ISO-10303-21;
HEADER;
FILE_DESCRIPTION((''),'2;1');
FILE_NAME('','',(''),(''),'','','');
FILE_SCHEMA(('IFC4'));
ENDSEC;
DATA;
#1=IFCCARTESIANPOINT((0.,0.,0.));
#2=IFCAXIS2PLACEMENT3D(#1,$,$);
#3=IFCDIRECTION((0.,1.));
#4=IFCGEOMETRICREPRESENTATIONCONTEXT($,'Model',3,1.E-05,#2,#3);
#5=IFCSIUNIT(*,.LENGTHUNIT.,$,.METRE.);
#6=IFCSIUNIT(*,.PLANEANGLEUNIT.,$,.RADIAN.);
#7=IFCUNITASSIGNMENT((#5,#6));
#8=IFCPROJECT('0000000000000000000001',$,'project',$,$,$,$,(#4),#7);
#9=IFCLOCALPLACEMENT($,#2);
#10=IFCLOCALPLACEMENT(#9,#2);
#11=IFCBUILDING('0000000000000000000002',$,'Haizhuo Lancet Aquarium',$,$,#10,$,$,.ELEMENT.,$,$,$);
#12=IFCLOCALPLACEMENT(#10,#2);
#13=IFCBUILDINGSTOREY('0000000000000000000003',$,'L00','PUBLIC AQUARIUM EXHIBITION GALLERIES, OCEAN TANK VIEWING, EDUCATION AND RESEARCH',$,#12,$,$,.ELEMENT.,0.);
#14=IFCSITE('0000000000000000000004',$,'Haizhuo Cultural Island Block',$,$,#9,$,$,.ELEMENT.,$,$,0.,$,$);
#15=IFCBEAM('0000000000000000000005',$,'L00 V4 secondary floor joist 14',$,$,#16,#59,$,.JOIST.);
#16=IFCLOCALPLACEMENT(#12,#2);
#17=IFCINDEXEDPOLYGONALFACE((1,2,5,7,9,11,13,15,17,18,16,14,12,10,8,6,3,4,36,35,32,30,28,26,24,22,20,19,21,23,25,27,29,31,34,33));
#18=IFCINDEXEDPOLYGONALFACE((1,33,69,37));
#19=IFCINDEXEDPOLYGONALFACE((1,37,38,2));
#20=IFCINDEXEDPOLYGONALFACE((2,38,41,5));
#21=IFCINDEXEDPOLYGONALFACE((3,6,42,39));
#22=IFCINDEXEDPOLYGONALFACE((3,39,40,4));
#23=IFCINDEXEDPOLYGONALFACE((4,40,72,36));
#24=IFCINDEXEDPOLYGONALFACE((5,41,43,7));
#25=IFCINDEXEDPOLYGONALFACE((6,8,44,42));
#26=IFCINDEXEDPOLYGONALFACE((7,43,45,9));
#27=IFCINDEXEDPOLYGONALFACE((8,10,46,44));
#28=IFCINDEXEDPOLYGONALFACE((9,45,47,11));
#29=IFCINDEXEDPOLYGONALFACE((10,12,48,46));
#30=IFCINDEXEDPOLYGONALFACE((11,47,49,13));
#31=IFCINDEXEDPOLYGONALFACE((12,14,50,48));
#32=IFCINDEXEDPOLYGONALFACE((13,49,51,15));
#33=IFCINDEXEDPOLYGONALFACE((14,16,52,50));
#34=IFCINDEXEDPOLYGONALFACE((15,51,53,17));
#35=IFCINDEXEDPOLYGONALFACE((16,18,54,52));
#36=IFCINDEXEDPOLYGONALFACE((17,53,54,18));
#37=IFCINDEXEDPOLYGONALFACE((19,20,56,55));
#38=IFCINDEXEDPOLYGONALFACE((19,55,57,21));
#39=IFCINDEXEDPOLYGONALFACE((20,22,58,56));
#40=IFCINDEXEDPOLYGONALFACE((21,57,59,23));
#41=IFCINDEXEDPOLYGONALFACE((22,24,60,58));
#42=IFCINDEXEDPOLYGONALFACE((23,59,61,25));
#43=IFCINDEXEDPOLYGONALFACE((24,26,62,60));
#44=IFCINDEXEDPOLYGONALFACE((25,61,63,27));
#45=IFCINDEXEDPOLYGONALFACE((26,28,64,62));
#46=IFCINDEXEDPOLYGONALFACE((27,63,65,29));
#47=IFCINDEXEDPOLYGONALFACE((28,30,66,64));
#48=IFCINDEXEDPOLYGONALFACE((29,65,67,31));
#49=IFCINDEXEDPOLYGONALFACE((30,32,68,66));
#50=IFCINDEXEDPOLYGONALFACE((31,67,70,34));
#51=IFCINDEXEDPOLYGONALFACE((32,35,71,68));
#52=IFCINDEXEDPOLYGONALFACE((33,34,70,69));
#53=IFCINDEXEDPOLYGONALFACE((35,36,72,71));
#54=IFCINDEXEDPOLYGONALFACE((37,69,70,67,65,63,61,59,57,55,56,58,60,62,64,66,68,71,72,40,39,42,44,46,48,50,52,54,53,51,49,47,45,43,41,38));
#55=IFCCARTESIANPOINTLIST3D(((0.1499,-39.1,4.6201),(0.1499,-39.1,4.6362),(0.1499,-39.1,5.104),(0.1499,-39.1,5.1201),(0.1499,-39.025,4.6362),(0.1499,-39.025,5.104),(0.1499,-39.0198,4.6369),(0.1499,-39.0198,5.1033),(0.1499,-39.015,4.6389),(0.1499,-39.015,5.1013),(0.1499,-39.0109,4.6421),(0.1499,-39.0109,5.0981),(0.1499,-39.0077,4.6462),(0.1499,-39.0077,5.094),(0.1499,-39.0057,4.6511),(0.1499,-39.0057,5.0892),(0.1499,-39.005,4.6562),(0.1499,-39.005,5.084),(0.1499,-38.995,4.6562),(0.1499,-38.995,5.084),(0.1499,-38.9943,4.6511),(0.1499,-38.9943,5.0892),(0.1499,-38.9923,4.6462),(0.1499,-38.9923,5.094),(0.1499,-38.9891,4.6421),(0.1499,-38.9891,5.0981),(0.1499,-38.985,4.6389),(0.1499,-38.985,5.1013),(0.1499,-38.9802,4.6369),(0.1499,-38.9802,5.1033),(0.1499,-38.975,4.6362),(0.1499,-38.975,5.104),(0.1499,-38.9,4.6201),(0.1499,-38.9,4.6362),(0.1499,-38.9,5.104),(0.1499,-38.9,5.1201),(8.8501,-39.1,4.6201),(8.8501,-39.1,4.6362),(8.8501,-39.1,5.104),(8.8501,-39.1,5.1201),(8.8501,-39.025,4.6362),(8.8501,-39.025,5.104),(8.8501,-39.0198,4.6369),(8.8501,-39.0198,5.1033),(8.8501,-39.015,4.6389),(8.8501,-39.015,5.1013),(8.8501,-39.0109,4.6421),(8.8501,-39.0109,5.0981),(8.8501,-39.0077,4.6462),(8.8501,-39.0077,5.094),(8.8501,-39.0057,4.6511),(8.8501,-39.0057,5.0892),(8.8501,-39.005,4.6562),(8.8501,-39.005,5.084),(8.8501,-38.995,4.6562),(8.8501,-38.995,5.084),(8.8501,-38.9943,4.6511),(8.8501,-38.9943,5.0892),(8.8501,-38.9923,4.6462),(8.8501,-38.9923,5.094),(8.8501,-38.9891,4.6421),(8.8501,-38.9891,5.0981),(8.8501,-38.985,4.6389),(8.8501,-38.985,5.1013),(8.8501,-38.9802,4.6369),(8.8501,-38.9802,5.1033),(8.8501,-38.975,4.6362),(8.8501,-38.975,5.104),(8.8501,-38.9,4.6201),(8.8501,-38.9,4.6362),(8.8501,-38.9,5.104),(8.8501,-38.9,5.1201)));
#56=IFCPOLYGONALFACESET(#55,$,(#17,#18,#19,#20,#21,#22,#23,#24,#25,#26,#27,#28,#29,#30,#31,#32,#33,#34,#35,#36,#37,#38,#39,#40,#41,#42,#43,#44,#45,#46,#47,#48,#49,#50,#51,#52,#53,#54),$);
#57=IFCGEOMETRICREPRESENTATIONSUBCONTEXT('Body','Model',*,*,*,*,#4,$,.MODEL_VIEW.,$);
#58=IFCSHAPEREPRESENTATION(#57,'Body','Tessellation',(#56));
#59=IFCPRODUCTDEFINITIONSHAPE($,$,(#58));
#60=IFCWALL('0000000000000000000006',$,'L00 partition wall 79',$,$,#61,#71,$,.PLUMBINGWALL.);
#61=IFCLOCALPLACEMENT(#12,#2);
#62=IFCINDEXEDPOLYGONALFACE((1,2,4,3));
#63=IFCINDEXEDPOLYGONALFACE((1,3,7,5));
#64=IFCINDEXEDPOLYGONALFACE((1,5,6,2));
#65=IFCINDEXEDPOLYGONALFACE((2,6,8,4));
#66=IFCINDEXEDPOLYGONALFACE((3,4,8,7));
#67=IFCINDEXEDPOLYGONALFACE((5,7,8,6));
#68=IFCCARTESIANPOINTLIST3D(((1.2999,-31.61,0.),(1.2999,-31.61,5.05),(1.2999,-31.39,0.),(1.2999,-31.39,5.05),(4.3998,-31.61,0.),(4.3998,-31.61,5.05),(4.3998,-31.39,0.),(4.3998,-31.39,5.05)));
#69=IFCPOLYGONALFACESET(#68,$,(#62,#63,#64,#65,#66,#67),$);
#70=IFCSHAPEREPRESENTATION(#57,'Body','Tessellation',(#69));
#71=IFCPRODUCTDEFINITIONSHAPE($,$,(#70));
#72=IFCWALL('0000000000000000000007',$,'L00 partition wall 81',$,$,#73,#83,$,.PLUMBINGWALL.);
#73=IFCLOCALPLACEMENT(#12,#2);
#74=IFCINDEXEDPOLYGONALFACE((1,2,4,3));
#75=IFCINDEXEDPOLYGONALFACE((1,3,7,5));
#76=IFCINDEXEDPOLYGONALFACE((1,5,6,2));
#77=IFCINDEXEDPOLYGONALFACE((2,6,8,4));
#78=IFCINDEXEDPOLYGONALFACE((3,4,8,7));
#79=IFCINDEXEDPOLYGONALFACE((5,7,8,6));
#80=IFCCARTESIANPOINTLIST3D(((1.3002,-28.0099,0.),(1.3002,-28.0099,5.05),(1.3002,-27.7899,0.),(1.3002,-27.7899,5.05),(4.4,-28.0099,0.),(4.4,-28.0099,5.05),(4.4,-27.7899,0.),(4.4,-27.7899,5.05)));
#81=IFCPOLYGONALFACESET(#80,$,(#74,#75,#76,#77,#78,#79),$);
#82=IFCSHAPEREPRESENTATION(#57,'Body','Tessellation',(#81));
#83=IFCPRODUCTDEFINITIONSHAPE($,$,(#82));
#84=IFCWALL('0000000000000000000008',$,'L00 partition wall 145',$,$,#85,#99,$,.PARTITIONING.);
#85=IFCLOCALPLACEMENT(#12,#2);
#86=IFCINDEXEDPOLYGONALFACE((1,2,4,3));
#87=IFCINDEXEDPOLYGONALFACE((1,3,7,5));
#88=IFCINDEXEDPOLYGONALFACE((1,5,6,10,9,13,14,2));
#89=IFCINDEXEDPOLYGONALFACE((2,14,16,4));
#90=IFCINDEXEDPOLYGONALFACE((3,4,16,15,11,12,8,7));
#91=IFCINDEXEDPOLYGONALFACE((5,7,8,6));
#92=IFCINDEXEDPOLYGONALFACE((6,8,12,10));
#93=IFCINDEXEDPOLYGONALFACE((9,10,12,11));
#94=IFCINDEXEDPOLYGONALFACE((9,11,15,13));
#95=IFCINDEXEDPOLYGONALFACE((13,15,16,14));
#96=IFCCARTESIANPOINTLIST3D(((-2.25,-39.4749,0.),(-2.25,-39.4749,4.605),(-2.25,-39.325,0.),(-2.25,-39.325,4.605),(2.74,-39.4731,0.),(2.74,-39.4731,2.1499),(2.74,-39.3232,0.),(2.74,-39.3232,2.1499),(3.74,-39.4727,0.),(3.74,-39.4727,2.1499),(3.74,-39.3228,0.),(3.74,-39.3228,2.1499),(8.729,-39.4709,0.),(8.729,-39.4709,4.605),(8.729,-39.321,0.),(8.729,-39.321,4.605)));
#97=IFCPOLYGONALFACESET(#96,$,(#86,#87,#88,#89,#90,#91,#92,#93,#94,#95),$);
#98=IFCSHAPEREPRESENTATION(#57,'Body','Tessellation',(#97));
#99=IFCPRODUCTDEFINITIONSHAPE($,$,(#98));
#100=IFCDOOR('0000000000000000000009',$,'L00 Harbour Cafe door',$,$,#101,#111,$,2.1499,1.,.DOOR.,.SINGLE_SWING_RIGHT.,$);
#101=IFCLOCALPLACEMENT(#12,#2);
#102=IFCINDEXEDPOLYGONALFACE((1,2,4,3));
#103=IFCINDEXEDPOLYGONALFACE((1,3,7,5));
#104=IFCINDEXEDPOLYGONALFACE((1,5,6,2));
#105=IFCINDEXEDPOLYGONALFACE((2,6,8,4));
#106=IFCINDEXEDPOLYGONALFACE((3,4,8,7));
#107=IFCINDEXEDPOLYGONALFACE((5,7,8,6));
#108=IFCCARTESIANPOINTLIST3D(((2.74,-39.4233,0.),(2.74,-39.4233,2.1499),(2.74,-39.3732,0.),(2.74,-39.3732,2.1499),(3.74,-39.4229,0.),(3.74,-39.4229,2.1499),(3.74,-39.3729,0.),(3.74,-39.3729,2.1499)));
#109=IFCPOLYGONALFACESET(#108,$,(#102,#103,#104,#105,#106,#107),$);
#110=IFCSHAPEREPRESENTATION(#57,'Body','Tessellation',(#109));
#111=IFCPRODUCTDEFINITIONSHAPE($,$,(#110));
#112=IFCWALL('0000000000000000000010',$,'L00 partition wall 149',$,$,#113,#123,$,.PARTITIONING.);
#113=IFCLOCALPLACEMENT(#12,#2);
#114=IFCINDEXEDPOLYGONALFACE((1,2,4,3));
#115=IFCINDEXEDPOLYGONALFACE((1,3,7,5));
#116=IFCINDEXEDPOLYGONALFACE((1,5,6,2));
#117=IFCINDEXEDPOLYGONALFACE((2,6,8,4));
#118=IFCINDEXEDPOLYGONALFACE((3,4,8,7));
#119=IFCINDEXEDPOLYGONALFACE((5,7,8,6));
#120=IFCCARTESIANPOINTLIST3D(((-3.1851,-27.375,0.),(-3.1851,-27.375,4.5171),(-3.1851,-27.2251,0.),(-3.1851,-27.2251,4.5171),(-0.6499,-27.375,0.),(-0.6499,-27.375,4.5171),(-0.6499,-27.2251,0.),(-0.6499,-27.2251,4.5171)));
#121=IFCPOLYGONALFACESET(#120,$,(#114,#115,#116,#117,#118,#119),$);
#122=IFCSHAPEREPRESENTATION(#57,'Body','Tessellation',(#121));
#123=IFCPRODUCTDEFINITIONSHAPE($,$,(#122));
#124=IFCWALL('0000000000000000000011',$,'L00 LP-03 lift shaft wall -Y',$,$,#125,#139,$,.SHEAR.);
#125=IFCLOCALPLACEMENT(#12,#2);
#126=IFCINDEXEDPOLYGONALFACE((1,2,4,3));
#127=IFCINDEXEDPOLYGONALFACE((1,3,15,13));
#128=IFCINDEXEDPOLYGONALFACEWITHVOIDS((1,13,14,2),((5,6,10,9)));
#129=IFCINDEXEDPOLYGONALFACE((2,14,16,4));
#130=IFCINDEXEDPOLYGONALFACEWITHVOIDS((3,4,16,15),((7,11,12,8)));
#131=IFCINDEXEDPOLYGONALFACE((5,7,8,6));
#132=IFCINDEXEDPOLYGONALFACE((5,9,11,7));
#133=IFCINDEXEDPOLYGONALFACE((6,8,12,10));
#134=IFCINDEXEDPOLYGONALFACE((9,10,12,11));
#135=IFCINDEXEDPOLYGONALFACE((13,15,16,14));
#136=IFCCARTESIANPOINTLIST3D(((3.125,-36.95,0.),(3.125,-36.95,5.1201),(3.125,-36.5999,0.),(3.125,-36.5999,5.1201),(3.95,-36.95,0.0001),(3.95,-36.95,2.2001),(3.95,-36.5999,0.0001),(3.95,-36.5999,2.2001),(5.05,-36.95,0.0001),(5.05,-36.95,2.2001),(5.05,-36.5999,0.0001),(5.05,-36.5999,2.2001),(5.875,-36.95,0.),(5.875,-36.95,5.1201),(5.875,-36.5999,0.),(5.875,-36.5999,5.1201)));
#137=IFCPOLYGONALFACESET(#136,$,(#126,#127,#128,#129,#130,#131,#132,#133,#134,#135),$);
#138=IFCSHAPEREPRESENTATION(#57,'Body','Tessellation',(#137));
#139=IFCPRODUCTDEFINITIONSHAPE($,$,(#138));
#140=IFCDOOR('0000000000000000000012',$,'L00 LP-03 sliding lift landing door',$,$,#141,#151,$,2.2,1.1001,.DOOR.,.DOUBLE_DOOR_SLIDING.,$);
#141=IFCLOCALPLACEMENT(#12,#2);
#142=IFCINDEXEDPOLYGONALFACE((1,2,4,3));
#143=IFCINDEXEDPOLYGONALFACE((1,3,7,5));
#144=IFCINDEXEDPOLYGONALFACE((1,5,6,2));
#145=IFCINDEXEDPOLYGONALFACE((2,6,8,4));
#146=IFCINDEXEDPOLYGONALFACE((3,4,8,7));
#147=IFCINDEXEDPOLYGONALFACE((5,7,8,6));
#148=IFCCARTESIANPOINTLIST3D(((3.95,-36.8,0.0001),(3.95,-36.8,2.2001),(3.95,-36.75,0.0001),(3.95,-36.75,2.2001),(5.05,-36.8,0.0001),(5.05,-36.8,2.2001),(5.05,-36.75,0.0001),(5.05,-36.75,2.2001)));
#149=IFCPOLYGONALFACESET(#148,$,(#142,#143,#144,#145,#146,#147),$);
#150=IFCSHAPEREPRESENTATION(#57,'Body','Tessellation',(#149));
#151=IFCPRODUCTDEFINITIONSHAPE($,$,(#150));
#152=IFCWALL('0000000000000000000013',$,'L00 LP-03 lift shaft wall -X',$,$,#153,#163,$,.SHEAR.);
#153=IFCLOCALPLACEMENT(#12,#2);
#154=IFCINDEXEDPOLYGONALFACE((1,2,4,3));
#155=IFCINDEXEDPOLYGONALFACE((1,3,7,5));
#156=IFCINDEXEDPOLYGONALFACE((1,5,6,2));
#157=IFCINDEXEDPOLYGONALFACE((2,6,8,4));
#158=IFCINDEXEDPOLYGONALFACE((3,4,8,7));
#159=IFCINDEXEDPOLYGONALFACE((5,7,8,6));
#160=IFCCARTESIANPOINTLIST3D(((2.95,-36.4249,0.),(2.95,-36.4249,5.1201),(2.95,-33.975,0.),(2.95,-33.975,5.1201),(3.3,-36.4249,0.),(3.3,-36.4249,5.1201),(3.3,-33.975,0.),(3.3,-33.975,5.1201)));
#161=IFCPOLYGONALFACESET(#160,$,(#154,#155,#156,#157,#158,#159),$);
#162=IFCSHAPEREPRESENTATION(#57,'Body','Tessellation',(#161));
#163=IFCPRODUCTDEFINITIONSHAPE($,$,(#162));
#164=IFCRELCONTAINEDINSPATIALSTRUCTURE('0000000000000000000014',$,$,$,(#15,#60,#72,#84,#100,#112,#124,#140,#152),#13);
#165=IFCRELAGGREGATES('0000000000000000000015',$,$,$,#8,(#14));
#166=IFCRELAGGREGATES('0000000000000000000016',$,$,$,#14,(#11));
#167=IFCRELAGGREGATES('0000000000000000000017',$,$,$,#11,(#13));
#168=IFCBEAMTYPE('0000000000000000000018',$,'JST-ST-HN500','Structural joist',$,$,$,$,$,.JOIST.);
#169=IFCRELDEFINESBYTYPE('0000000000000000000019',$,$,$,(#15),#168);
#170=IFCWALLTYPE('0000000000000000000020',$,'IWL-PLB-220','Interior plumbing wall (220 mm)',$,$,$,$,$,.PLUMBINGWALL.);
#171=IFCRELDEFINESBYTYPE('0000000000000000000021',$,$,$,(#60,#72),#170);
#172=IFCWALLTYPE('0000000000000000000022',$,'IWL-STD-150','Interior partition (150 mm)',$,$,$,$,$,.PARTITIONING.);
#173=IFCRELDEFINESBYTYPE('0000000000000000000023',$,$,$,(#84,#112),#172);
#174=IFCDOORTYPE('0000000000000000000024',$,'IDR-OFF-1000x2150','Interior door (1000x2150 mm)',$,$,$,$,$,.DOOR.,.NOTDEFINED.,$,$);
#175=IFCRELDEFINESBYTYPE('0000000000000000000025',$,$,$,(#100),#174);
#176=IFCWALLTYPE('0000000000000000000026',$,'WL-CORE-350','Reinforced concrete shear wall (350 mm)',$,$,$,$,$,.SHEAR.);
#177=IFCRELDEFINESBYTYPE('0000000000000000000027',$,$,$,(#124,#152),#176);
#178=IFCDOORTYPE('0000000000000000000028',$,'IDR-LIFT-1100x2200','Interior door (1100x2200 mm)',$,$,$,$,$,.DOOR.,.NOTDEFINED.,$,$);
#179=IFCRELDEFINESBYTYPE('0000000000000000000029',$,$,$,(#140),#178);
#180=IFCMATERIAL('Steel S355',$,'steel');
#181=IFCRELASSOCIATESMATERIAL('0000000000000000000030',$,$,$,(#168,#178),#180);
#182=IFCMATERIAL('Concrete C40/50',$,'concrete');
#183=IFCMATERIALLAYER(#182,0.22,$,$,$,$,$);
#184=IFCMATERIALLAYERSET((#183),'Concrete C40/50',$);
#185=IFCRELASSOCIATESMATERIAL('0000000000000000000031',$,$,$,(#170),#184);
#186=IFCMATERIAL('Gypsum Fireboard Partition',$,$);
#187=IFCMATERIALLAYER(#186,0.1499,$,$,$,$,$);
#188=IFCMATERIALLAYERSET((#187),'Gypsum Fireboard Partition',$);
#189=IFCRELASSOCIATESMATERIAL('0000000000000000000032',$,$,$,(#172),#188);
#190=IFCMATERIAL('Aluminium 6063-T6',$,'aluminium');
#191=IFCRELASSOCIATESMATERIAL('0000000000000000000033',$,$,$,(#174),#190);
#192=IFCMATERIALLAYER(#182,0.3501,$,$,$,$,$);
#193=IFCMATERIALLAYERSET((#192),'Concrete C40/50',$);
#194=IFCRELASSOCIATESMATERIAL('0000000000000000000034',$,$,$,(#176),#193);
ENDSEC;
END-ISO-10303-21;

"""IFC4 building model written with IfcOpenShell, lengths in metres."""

from ifc_helpers import new_model, si_unit, direction, frame, frame_2d, origin, origin_2d, place, context, subcontext, project, spatial, rectangle, i_section, extrude, material, layer, layer_set, material_profile, profile_set, type_object, element, fill, save


model = new_model("IFC4")

# Units and contexts
model_context = context("Model", 3, precision=1e-05, world=origin(), true_north=direction((0.0, 1.0)))
body_context = subcontext(model_context, "Body", "Model", "MODEL_VIEW")
ifc_project = project(units=[si_unit("LENGTHUNIT", "METRE"), si_unit("PLANEANGLEUNIT", "RADIAN")], contexts=[model_context])

# Site, building, storey
site_placement = place(None, origin())
site = spatial("IfcSite", under=ifc_project, at=site_placement, Name="Haizhuo Cultural Island Block", CompositionType="ELEMENT", RefElevation=0.0)
building_placement = place(site_placement, origin())
building = spatial("IfcBuilding", under=site, at=building_placement, Name="Haizhuo Lancet Aquarium", CompositionType="ELEMENT")
storey_placement = place(building_placement, origin())
storey = spatial("IfcBuildingStorey", under=building, at=storey_placement, Name="L00", Description="PUBLIC AQUARIUM EXHIBITION GALLERIES, OCEAN TANK VIEWING, EDUCATION AND RESEARCH", CompositionType="ELEMENT", Elevation=0.0)

# Shared definitions
ifc_material_1 = material(Name="Steel S355", Category="steel")

# Beam
ifc_material_profile_1 = material_profile(ifc_material_1, i_section(OverallWidth=0.2, OverallDepth=0.5, WebThickness=0.01, FlangeThickness=0.0161, FilletRadius=0.02, at=origin_2d()), Name="HN 500x200x10x16")
ifc_profile_set_1 = profile_set([ifc_material_profile_1], Name="Steel S355")
beam_type_1 = type_object("IfcBeamType", Name="JST-ST-HN500", Description="Structural joist", PredefinedType="JOIST", material=ifc_profile_set_1)
beam_1_placement = place(storey_placement, frame((0.1499, -39.0, 4.8701), z_axis=(1.0, 0.0, 0.0), x_axis=(0.0, 1.0, 0.0)))
element("IfcBeam", 1, at=beam_1_placement, inside=storey, type_object=beam_type_1, Name="L00 V4 secondary floor joist 14", PredefinedType="JOIST", context=body_context, shape_type="SweptSolid", body=[
    extrude(i_section(OverallWidth=0.2, OverallDepth=0.5, WebThickness=0.01, FlangeThickness=0.0161, FilletRadius=0.02, at=origin_2d()), origin(), (0.0, 0.0, 1.0), 8.7002),
])

# Shared definitions
ifc_material_2 = material(Name="Concrete C40/50", Category="concrete")
ifc_layer_1 = layer(ifc_material_2, 0.22)
ifc_layer_set_1 = layer_set([ifc_layer_1], Name="Concrete C40/50")
wall_type_1 = type_object("IfcWallType", Name="IWL-PLB-220", Description="Interior plumbing wall (220 mm)", PredefinedType="PLUMBINGWALL", material=ifc_layer_set_1)
ifc_material_3 = material(Name="Aluminium 6063-T6", Category="aluminium")

# Walls
for number, where, z_axis, x_axis, name in (
    (2, (1.3, -31.5, 0.0), (0.0, 0.0, 1.0), (1.0, 0.0, 0.0), "L00 partition wall 79"),
    (3, (4.3999, -27.8999, 0.0), (0.0, 0.0, 1.0), (-1.0, 0.0, 0.0), "L00 partition wall 81"),
):
    element("IfcWall", number, at=place(storey_placement, frame(where, z_axis=z_axis, x_axis=x_axis)), inside=storey, type_object=wall_type_1, Name=name, PredefinedType="PLUMBINGWALL", context=body_context, shape_type="SweptSolid", body=[
        extrude(rectangle(XDim=3.0999, YDim=0.22, at=frame_2d((1.5498, 0.0))), origin(), (0.0, 0.0, 1.0), 5.05),
    ])

# Wall, opening, door
ifc_material_4 = material(Name="Gypsum Fireboard Partition")
ifc_layer_2 = layer(ifc_material_4, 0.1499)
ifc_layer_set_2 = layer_set([ifc_layer_2], Name="Gypsum Fireboard Partition")
wall_type_2 = type_object("IfcWallType", Name="IWL-STD-150", Description="Interior partition (150 mm)", PredefinedType="PARTITIONING", material=ifc_layer_set_2)
wall_1_placement = place(storey_placement, frame((-2.25, -39.3999, 0.0), z_axis=(0.0, 0.0, 1.0), x_axis=(1.0, 0.000356, 0.0)))
wall_1 = element("IfcWall", 4, at=wall_1_placement, inside=storey, type_object=wall_type_2, Name="L00 partition wall 145", PredefinedType="PARTITIONING", context=body_context, shape_type="SweptSolid", body=[
    extrude(rectangle(XDim=10.979, YDim=0.1499, at=frame_2d((5.4895, 0.0))), origin(), (0.0, 0.0, 1.0), 4.605),
])
opening_1_placement = place(wall_1_placement, frame((4.99, 0.0, 0.0)))
opening_1 = element("IfcOpeningElement", 5, at=opening_1_placement, cuts=wall_1, PredefinedType="OPENING", context=body_context, shape_type="SweptSolid", body=[
    extrude(rectangle(XDim=1.0, YDim=2.1499, at=frame_2d((0.5, 1.075))), frame((0.0, 0.085, 0.0), z_axis=(0.0, -1.0, 0.0), x_axis=(1.0, 0.0, 0.0)), (0.0, 0.0, 1.0), 0.1699),
])
door_type_1 = type_object("IfcDoorType", Name="IDR-OFF-1000x2150", Description="Interior door (1000x2150 mm)", OperationType="NOTDEFINED", PredefinedType="DOOR", material=ifc_material_3)
door_1_placement = place(opening_1_placement, origin())
door_1 = element("IfcDoor", 6, at=door_1_placement, inside=storey, type_object=door_type_1, Name="L00 Harbour Cafe door", OperationType="SINGLE_SWING_RIGHT", OverallHeight=2.1499, OverallWidth=1.0, PredefinedType="DOOR", context=body_context, shape_type="SweptSolid", body=[
    extrude(rectangle(XDim=1.0, YDim=2.1499, at=frame_2d((0.5, 1.075))), frame((0.0, 0.0249, 0.0), z_axis=(0.0, -1.0, 0.0), x_axis=(1.0, 0.0, 0.0)), (0.0, 0.0, 1.0), 0.05),
])
fill(opening_1, door_1)

# Wall
wall_2_placement = place(storey_placement, frame((-0.6499, -27.3, 0.0), z_axis=(0.0, 0.0, 1.0), x_axis=(-1.0, 0.0, 0.0)))
element("IfcWall", 7, at=wall_2_placement, inside=storey, type_object=wall_type_2, Name="L00 partition wall 149", PredefinedType="PARTITIONING", context=body_context, shape_type="SweptSolid", body=[
    extrude(rectangle(XDim=2.5352, YDim=0.1499, at=frame_2d((1.2676, 0.0))), origin(), (0.0, 0.0, 1.0), 4.5171),
])

# Wall, opening, door
ifc_layer_3 = layer(ifc_material_2, 0.3501)
ifc_layer_set_3 = layer_set([ifc_layer_3], Name="Concrete C40/50")
wall_type_3 = type_object("IfcWallType", Name="WL-CORE-350", Description="Reinforced concrete shear wall (350 mm)", PredefinedType="SHEAR", material=ifc_layer_set_3)
wall_3_placement = place(storey_placement, frame((3.125, -36.7749, 0.0), z_axis=(0.0, 0.0, 1.0), x_axis=(1.0, 0.0, 0.0)))
wall_3 = element("IfcWall", 8, at=wall_3_placement, inside=storey, type_object=wall_type_3, Name="L00 LP-03 lift shaft wall -Y", PredefinedType="SHEAR", context=body_context, shape_type="SweptSolid", body=[
    extrude(rectangle(XDim=2.75, YDim=0.3501, at=frame_2d((1.375, 0.0))), origin(), (0.0, 0.0, 1.0), 5.1201),
])
opening_2_placement = place(wall_3_placement, frame((0.825, 0.0, 0.0)))
opening_2 = element("IfcOpeningElement", 9, at=opening_2_placement, cuts=wall_3, PredefinedType="OPENING", context=body_context, shape_type="SweptSolid", body=[
    extrude(rectangle(XDim=1.1001, YDim=2.2, at=frame_2d((0.55, 1.1001))), frame((0.0, 0.1851, 0.0), z_axis=(0.0, -1.0, 0.0), x_axis=(1.0, 0.0, 0.0)), (0.0, 0.0, 1.0), 0.3701),
])
door_type_2 = type_object("IfcDoorType", Name="IDR-LIFT-1100x2200", Description="Interior door (1100x2200 mm)", OperationType="NOTDEFINED", PredefinedType="DOOR", material=ifc_material_1)
door_2_placement = place(opening_2_placement, origin())
door_2 = element("IfcDoor", 10, at=door_2_placement, inside=storey, type_object=door_type_2, Name="L00 LP-03 sliding lift landing door", OperationType="DOUBLE_DOOR_SLIDING", OverallHeight=2.2, OverallWidth=1.1001, PredefinedType="DOOR", context=body_context, shape_type="SweptSolid", body=[
    extrude(rectangle(XDim=1.1001, YDim=2.2, at=frame_2d((0.55, 1.1001))), frame((0.0, 0.0249, 0.0), z_axis=(0.0, -1.0, 0.0), x_axis=(1.0, 0.0, 0.0)), (0.0, 0.0, 1.0), 0.05),
])
fill(opening_2, door_2)

# Wall
wall_4_placement = place(storey_placement, frame((3.125, -36.425, 0.0), z_axis=(0.0, 0.0, 1.0), x_axis=(0.0, 1.0, 0.0)))
element("IfcWall", 11, at=wall_4_placement, inside=storey, type_object=wall_type_3, Name="L00 LP-03 lift shaft wall -X", PredefinedType="SHEAR", context=body_context, shape_type="SweptSolid", body=[
    extrude(rectangle(XDim=2.45, YDim=0.3501, at=frame_2d((1.2251, 0.0))), origin(), (0.0, 0.0, 1.0), 5.1201),
])

save(model, "model.ifc")
